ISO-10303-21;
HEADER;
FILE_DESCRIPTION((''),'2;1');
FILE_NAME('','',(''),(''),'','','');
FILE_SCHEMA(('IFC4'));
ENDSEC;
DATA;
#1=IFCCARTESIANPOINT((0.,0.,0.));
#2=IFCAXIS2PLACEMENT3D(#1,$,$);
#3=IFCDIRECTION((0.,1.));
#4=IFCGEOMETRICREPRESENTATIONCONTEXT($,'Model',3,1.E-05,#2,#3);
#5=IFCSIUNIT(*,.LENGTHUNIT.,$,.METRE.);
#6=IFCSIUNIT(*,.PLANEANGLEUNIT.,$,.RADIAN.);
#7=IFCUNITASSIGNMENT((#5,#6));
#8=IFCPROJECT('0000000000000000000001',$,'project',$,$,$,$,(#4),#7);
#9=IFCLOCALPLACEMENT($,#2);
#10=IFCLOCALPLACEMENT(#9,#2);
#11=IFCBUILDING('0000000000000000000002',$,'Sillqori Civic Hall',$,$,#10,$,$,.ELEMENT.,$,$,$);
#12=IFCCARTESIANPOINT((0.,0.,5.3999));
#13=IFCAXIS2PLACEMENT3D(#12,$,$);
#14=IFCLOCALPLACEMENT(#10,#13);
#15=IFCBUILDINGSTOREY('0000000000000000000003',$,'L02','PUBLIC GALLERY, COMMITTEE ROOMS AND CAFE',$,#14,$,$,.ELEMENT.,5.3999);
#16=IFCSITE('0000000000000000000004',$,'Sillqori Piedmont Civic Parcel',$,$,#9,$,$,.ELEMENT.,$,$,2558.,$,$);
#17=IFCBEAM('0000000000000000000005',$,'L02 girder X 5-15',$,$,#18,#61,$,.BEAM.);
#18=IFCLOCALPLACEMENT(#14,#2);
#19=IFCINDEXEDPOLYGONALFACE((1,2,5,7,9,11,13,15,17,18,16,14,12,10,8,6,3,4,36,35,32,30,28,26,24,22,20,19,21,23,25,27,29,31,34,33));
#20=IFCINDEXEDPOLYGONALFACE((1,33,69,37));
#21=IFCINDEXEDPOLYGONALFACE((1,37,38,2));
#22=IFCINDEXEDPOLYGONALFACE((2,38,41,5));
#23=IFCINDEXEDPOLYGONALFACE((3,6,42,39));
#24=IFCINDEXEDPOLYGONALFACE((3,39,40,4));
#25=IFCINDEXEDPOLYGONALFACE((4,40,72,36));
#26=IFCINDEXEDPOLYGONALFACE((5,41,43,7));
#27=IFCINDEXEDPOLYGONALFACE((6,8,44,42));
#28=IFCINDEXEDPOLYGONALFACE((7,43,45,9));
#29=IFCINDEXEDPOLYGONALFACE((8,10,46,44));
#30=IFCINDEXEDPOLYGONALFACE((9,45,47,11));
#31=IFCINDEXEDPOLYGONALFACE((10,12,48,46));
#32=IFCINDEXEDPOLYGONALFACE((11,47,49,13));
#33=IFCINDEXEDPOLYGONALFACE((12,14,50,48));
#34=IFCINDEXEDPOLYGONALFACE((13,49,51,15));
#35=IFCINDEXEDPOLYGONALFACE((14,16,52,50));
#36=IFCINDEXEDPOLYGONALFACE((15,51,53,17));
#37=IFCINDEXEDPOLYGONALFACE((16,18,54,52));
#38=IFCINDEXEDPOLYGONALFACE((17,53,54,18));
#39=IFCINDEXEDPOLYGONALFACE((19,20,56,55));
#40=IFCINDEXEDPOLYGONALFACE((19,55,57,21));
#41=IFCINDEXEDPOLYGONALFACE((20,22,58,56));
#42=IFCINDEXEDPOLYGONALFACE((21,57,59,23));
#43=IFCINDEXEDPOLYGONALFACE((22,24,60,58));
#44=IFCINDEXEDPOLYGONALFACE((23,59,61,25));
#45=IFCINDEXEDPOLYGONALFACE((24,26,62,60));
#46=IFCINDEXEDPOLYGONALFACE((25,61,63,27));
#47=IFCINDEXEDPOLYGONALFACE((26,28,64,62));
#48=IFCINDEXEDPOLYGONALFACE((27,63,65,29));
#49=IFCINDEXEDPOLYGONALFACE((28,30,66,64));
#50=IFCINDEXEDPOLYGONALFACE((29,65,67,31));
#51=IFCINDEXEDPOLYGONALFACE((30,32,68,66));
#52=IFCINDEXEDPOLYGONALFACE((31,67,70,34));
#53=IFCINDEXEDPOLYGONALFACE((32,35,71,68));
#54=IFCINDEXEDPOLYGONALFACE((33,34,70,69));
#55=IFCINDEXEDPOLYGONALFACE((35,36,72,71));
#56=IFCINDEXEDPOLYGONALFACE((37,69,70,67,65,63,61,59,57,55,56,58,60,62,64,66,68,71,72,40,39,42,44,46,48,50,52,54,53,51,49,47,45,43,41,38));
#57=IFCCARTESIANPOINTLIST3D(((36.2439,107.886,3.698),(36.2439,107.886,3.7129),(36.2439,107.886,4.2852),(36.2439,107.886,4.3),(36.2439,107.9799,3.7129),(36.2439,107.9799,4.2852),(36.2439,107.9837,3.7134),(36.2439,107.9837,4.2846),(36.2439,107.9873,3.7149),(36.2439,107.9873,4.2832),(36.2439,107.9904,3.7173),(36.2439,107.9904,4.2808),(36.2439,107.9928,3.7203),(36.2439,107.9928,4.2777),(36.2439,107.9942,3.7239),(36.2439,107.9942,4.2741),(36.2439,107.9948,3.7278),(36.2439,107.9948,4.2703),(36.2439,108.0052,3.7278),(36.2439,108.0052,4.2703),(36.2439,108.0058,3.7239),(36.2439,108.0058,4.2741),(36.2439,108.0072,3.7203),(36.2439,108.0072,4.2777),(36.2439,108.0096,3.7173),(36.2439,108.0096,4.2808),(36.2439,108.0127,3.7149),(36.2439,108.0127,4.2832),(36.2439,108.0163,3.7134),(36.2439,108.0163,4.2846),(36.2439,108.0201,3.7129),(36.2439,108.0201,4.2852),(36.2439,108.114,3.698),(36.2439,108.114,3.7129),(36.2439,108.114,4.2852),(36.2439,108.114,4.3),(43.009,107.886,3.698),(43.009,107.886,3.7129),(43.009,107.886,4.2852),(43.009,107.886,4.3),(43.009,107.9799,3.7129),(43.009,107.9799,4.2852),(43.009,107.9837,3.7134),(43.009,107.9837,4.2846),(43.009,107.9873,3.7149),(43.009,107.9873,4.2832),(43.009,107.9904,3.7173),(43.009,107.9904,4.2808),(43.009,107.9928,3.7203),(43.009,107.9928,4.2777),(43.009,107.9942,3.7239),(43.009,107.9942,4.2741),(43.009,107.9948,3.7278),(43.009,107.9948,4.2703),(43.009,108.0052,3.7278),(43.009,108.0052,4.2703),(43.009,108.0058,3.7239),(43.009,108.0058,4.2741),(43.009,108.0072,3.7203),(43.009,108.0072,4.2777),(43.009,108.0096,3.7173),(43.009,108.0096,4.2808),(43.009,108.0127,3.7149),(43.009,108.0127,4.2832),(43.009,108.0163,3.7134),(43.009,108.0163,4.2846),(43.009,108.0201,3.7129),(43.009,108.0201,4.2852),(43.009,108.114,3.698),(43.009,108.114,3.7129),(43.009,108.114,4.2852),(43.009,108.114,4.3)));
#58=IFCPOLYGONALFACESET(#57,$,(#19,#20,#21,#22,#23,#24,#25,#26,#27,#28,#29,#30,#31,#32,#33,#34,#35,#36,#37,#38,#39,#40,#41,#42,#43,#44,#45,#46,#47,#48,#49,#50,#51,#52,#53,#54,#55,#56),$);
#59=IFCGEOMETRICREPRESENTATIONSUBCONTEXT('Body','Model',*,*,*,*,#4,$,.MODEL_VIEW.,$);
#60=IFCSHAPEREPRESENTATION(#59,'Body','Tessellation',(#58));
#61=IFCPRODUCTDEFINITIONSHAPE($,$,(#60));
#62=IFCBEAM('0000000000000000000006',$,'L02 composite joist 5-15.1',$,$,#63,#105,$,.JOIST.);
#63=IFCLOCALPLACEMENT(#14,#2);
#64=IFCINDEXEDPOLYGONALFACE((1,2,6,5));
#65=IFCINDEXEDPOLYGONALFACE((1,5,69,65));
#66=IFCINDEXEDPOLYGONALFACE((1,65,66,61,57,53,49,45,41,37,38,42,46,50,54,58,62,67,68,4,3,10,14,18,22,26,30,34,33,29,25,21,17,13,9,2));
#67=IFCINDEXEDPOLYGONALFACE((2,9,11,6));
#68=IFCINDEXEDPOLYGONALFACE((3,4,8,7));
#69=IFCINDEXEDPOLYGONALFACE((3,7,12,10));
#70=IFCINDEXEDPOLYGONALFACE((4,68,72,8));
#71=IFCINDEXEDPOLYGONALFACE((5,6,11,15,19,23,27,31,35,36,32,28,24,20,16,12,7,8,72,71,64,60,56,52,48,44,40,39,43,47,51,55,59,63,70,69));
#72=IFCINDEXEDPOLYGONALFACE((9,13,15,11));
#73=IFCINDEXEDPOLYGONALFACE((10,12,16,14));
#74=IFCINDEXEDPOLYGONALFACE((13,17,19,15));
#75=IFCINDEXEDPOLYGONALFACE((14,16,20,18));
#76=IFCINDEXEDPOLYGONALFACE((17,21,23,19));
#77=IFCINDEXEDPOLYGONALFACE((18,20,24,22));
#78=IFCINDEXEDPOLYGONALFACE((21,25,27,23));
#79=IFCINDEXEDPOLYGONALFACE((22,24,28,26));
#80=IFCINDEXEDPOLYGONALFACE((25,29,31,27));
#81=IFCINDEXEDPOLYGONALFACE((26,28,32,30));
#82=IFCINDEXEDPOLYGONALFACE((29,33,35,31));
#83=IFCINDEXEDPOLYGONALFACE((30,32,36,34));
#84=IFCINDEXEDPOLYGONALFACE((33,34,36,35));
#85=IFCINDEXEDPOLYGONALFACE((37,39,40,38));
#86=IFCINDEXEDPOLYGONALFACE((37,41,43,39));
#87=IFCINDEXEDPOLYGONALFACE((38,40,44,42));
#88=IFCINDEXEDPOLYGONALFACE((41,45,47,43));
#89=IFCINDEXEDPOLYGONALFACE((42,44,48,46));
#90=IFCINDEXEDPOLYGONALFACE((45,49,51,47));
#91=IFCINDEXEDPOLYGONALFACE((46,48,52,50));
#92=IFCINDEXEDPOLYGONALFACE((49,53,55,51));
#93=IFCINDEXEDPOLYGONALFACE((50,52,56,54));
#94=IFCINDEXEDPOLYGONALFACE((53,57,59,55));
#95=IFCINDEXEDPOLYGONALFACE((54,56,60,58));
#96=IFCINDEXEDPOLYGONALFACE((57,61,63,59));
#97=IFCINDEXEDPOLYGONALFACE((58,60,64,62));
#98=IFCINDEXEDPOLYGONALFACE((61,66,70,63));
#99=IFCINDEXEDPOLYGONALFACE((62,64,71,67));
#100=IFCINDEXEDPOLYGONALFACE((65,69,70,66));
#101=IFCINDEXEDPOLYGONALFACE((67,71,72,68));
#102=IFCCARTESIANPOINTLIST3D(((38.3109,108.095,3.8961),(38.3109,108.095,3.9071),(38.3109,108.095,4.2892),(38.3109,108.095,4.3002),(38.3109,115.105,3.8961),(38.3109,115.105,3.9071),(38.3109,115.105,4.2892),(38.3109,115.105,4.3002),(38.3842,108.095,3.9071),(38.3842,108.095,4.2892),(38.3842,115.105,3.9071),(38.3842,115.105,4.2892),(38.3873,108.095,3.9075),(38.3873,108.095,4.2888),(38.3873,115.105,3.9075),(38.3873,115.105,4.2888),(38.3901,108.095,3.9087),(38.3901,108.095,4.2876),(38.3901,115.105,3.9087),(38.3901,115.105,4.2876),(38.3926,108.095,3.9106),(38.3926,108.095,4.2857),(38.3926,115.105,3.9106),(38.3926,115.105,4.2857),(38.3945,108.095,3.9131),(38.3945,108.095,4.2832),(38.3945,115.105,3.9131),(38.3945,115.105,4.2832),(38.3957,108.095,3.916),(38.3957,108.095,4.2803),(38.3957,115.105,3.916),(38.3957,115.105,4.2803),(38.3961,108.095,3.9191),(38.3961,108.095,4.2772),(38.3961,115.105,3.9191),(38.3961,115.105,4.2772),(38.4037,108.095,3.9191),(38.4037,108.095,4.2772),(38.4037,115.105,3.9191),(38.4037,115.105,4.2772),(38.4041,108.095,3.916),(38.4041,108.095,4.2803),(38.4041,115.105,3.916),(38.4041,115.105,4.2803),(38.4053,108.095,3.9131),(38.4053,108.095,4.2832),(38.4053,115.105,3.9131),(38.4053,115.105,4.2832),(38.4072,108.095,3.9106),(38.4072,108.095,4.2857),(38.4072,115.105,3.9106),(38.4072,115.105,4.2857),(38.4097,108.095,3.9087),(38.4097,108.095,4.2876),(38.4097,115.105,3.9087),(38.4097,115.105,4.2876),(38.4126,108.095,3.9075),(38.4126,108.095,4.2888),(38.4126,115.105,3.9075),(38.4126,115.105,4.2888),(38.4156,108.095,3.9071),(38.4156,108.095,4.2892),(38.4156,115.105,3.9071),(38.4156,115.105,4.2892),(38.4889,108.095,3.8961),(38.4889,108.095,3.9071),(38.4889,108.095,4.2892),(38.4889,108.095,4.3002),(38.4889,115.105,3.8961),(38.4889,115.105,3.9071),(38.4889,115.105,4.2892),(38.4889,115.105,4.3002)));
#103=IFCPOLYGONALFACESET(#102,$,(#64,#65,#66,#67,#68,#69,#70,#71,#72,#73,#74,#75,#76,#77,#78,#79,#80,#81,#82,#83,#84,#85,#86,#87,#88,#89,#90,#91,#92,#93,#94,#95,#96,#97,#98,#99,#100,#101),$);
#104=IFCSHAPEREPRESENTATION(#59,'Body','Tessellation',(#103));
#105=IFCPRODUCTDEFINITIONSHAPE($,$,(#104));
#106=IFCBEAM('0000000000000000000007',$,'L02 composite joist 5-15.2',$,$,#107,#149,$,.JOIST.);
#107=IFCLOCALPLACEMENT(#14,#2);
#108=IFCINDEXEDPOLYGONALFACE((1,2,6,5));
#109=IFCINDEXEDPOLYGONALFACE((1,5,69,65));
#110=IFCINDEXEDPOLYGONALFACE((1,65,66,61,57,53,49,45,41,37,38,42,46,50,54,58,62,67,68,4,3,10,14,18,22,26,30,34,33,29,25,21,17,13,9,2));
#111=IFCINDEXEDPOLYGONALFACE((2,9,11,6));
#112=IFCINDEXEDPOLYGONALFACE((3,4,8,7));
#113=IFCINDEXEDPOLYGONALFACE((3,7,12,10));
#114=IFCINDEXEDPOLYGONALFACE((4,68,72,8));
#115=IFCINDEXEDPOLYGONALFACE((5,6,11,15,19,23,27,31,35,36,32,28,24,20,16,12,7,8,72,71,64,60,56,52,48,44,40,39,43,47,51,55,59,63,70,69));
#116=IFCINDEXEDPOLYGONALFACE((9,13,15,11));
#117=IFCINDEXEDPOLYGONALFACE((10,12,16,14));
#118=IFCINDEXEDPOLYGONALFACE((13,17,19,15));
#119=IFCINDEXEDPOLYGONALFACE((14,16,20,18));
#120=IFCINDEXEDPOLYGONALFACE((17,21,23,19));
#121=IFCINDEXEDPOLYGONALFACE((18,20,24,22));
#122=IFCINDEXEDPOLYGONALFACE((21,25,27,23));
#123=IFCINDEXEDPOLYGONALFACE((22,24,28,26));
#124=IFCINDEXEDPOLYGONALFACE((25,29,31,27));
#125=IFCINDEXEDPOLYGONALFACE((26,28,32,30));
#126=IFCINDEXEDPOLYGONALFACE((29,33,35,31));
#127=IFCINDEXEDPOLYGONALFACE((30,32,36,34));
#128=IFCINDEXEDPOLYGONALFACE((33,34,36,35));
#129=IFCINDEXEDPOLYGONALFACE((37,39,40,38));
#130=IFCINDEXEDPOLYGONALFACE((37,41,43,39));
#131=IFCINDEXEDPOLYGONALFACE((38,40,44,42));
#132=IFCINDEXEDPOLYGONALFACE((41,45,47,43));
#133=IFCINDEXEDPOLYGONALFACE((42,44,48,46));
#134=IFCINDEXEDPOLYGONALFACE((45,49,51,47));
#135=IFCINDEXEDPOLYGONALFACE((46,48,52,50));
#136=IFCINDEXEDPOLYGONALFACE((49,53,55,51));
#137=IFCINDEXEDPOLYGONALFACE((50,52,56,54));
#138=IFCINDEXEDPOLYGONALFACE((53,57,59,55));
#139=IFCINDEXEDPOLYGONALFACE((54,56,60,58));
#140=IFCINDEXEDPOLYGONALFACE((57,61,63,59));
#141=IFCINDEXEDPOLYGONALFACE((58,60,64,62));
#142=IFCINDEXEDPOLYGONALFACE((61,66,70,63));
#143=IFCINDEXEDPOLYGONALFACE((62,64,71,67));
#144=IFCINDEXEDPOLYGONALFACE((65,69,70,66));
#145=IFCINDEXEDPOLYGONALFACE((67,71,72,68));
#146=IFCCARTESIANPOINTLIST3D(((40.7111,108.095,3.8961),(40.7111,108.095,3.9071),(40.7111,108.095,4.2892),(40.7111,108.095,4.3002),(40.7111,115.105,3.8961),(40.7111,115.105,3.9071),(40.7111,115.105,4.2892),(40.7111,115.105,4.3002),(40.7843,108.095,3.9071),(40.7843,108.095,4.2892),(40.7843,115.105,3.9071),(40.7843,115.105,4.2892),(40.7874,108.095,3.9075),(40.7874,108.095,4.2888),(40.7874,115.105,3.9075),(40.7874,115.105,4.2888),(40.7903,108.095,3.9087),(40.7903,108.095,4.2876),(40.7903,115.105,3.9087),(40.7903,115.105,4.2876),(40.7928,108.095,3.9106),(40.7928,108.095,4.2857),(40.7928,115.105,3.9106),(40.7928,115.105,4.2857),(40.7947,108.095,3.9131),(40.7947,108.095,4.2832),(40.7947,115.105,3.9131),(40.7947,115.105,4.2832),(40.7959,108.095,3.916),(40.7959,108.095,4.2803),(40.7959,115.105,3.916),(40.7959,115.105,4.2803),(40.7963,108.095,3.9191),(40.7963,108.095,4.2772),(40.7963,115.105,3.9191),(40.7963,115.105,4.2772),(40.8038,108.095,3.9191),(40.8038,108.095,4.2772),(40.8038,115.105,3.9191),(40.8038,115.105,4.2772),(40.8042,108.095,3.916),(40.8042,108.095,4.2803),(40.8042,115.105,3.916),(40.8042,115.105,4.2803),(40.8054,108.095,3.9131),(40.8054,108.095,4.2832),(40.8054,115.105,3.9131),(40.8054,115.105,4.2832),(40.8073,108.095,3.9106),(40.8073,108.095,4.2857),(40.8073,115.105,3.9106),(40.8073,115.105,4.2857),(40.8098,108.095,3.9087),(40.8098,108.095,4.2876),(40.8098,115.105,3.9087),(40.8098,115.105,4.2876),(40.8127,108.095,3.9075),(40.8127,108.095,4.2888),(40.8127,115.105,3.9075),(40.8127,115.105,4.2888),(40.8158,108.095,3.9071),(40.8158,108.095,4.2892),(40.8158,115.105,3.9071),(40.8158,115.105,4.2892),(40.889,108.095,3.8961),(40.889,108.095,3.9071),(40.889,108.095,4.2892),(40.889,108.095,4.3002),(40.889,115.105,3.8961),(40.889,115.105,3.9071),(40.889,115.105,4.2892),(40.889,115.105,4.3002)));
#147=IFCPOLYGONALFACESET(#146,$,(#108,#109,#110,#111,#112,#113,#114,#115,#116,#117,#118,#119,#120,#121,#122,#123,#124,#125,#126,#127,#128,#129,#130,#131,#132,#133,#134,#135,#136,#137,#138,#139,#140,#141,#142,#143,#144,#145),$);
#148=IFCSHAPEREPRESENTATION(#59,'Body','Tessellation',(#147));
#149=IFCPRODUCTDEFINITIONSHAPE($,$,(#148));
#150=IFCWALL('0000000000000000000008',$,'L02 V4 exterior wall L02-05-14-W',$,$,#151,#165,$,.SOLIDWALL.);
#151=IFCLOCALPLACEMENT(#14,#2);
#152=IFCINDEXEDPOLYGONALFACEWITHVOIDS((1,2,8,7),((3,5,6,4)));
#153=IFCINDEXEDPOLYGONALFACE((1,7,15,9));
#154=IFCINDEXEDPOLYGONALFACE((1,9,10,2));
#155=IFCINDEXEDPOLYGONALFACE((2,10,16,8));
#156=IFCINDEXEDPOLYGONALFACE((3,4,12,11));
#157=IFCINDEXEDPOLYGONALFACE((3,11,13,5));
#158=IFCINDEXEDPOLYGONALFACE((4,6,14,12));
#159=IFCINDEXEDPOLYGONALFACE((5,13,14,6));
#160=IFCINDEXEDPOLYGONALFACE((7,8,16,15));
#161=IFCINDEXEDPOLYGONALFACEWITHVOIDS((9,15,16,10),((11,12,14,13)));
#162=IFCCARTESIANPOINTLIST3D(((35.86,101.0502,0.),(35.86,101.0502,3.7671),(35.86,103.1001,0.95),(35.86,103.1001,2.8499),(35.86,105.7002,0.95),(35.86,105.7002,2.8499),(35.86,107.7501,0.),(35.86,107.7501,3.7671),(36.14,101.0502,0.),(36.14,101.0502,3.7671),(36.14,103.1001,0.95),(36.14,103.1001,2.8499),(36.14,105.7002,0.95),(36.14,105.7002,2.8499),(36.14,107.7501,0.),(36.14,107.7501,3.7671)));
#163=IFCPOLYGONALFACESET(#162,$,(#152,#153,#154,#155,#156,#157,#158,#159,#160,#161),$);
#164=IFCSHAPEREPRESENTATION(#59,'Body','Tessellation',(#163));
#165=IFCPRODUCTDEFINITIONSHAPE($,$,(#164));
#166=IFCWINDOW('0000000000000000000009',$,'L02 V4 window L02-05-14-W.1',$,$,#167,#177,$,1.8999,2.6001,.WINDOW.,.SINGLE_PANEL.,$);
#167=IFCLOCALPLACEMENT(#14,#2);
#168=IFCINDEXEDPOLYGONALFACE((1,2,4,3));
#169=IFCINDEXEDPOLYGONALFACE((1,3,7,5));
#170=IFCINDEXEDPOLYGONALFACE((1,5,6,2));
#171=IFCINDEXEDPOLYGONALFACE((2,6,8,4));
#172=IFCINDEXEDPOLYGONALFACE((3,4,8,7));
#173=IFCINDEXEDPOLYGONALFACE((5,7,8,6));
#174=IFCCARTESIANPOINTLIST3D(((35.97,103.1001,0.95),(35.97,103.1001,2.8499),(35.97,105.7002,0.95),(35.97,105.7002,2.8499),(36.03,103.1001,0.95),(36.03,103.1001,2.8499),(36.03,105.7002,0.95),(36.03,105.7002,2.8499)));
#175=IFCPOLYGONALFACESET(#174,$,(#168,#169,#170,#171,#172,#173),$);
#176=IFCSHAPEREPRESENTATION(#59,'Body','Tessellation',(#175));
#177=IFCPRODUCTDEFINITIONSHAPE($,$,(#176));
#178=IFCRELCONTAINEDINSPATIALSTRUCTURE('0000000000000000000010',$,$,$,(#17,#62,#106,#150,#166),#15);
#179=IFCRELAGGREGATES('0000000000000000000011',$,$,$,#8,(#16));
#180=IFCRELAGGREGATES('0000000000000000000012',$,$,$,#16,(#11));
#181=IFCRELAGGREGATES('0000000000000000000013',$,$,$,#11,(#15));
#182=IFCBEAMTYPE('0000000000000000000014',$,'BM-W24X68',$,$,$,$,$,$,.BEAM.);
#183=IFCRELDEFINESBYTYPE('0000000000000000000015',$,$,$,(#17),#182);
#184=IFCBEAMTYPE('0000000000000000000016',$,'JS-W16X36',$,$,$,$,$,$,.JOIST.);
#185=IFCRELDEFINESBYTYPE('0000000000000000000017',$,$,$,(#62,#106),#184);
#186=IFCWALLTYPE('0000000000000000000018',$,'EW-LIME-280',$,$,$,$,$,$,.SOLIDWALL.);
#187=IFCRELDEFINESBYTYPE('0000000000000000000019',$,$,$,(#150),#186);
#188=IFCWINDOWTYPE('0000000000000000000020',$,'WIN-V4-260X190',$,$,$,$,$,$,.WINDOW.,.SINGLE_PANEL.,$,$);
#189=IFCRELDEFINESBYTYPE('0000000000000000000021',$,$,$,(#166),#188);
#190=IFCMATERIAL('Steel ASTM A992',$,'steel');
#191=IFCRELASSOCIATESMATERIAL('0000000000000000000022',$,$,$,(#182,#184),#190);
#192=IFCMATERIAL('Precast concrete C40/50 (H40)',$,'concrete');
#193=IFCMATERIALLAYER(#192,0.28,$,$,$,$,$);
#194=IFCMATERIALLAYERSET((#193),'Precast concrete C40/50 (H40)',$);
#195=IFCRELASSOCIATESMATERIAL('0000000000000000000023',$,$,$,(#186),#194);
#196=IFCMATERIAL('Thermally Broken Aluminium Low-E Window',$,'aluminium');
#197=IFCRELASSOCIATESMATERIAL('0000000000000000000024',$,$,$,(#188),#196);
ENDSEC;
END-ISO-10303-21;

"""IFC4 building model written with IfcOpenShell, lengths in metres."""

from ifc_helpers import new_model, si_unit, direction, frame, frame_2d, origin, origin_2d, place, context, subcontext, project, spatial, rectangle, i_section, extrude, material, layer, layer_set, material_profile, profile_set, type_object, element, fill, save


model = new_model("IFC4")

# Units and contexts
model_context = context("Model", 3, precision=1e-05, world=origin(), true_north=direction((0.0, 1.0)))
body_context = subcontext(model_context, "Body", "Model", "MODEL_VIEW")
ifc_project = project(units=[si_unit("LENGTHUNIT", "METRE"), si_unit("PLANEANGLEUNIT", "RADIAN")], contexts=[model_context])

# Site, building, storey
site_placement = place(None, origin())
site = spatial("IfcSite", under=ifc_project, at=site_placement, Name="Sillqori Piedmont Civic Parcel", CompositionType="ELEMENT", RefElevation=2558.0)
building_placement = place(site_placement, origin())
building = spatial("IfcBuilding", under=site, at=building_placement, Name="Sillqori Civic Hall", CompositionType="ELEMENT")
storey_placement = place(building_placement, frame((0.0, 0.0, 5.3999)))
storey = spatial("IfcBuildingStorey", under=building, at=storey_placement, Name="L02", Description="PUBLIC GALLERY, COMMITTEE ROOMS AND CAFE", CompositionType="ELEMENT", Elevation=5.3999)

# Shared definitions
ifc_material_1 = material(Name="Steel ASTM A992", Category="steel")

# Beams
ifc_material_profile_1 = material_profile(ifc_material_1, i_section(OverallWidth=0.228, OverallDepth=0.6021, WebThickness=0.0105, FlangeThickness=0.0149, FilletRadius=0.0149, at=origin_2d()), Name="W24X68")
ifc_profile_set_1 = profile_set([ifc_material_profile_1], Name="Steel ASTM A992")
beam_type_1 = type_object("IfcBeamType", Name="BM-W24X68", PredefinedType="BEAM", material=ifc_profile_set_1)
beam_1_placement = place(storey_placement, frame((36.2439, 108.0, 3.999), z_axis=(1.0, 0.0, 0.0), x_axis=(0.0, 1.0, 0.0)))
element("IfcBeam", 1, at=beam_1_placement, inside=storey, type_object=beam_type_1, Name="L02 girder X 5-15", PredefinedType="BEAM", context=body_context, shape_type="SweptSolid", body=[
    extrude(i_section(OverallWidth=0.228, OverallDepth=0.6021, WebThickness=0.0105, FlangeThickness=0.0149, FilletRadius=0.0149, at=origin_2d()), origin(), (0.0, 0.0, 1.0), 6.7651),
])
ifc_material_profile_2 = material_profile(ifc_material_1, i_section(OverallWidth=0.178, OverallDepth=0.4041, WebThickness=0.0076, FlangeThickness=0.011, FilletRadius=0.012, at=origin_2d()), Name="W16X36")
ifc_profile_set_2 = profile_set([ifc_material_profile_2], Name="Steel ASTM A992")
beam_type_2 = type_object("IfcBeamType", Name="JS-W16X36", PredefinedType="JOIST", material=ifc_profile_set_2)
for number, where, z_axis, x_axis, name in (
    (2, (38.3999, 108.095, 4.0981), (0.0, 1.0, 0.0), (-1.0, 0.0, 0.0), "L02 composite joist 5-15.1"),
    (3, (40.8, 108.095, 4.0981), (0.0, 1.0, 0.0), (-1.0, 0.0, 0.0), "L02 composite joist 5-15.2"),
):
    element("IfcBeam", number, at=place(storey_placement, frame(where, z_axis=z_axis, x_axis=x_axis)), inside=storey, type_object=beam_type_2, Name=name, PredefinedType="JOIST", context=body_context, shape_type="SweptSolid", body=[
        extrude(i_section(OverallWidth=0.178, OverallDepth=0.4041, WebThickness=0.0076, FlangeThickness=0.011, FilletRadius=0.012, at=origin_2d()), origin(), (0.0, 0.0, 1.0), 7.01),
    ])

# Wall, opening, window
ifc_material_2 = material(Name="Precast concrete C40/50 (H40)", Category="concrete")
ifc_layer_1 = layer(ifc_material_2, 0.28)
ifc_layer_set_1 = layer_set([ifc_layer_1], Name="Precast concrete C40/50 (H40)")
wall_type_1 = type_object("IfcWallType", Name="EW-LIME-280", PredefinedType="SOLIDWALL", material=ifc_layer_set_1)
wall_1_placement = place(storey_placement, frame((36.0, 101.05, 0.0), z_axis=(0.0, 0.0, 1.0), x_axis=(0.0, 1.0, 0.0)))
wall_1 = element("IfcWall", 4, at=wall_1_placement, inside=storey, type_object=wall_type_1, Name="L02 V4 exterior wall L02-05-14-W", PredefinedType="SOLIDWALL", context=body_context, shape_type="SweptSolid", body=[
    extrude(rectangle(XDim=6.7, YDim=0.28, at=frame_2d((3.3501, 0.0))), origin(), (0.0, 0.0, 1.0), 3.7671),
])
opening_1_placement = place(wall_1_placement, frame((2.05, 0.0, 0.95)))
opening_1 = element("IfcOpeningElement", 5, at=opening_1_placement, cuts=wall_1, PredefinedType="OPENING", context=body_context, shape_type="SweptSolid", body=[
    extrude(rectangle(XDim=2.6001, YDim=1.8999, at=frame_2d((1.3, 0.95))), frame((0.0, 0.1499, 0.0), z_axis=(0.0, -1.0, 0.0), x_axis=(1.0, 0.0, 0.0)), (0.0, 0.0, 1.0), 0.3),
])
ifc_material_3 = material(Name="Thermally Broken Aluminium Low-E Window", Category="aluminium")
window_type_1 = type_object("IfcWindowType", Name="WIN-V4-260X190", PartitioningType="SINGLE_PANEL", PredefinedType="WINDOW", material=ifc_material_3)
window_1_placement = place(opening_1_placement, origin())
window_1 = element("IfcWindow", 6, at=window_1_placement, inside=storey, type_object=window_type_1, Name="L02 V4 window L02-05-14-W.1", OverallHeight=1.8999, OverallWidth=2.6001, PartitioningType="SINGLE_PANEL", PredefinedType="WINDOW", context=body_context, shape_type="SweptSolid", body=[
    extrude(rectangle(XDim=2.6001, YDim=1.8999, at=frame_2d((1.3, 0.95))), frame((0.0, 0.03, 0.0), z_axis=(0.0, -1.0, 0.0), x_axis=(1.0, 0.0, 0.0)), (0.0, 0.0, 1.0), 0.0601),
])
fill(opening_1, window_1)

save(model, "model.ifc")
